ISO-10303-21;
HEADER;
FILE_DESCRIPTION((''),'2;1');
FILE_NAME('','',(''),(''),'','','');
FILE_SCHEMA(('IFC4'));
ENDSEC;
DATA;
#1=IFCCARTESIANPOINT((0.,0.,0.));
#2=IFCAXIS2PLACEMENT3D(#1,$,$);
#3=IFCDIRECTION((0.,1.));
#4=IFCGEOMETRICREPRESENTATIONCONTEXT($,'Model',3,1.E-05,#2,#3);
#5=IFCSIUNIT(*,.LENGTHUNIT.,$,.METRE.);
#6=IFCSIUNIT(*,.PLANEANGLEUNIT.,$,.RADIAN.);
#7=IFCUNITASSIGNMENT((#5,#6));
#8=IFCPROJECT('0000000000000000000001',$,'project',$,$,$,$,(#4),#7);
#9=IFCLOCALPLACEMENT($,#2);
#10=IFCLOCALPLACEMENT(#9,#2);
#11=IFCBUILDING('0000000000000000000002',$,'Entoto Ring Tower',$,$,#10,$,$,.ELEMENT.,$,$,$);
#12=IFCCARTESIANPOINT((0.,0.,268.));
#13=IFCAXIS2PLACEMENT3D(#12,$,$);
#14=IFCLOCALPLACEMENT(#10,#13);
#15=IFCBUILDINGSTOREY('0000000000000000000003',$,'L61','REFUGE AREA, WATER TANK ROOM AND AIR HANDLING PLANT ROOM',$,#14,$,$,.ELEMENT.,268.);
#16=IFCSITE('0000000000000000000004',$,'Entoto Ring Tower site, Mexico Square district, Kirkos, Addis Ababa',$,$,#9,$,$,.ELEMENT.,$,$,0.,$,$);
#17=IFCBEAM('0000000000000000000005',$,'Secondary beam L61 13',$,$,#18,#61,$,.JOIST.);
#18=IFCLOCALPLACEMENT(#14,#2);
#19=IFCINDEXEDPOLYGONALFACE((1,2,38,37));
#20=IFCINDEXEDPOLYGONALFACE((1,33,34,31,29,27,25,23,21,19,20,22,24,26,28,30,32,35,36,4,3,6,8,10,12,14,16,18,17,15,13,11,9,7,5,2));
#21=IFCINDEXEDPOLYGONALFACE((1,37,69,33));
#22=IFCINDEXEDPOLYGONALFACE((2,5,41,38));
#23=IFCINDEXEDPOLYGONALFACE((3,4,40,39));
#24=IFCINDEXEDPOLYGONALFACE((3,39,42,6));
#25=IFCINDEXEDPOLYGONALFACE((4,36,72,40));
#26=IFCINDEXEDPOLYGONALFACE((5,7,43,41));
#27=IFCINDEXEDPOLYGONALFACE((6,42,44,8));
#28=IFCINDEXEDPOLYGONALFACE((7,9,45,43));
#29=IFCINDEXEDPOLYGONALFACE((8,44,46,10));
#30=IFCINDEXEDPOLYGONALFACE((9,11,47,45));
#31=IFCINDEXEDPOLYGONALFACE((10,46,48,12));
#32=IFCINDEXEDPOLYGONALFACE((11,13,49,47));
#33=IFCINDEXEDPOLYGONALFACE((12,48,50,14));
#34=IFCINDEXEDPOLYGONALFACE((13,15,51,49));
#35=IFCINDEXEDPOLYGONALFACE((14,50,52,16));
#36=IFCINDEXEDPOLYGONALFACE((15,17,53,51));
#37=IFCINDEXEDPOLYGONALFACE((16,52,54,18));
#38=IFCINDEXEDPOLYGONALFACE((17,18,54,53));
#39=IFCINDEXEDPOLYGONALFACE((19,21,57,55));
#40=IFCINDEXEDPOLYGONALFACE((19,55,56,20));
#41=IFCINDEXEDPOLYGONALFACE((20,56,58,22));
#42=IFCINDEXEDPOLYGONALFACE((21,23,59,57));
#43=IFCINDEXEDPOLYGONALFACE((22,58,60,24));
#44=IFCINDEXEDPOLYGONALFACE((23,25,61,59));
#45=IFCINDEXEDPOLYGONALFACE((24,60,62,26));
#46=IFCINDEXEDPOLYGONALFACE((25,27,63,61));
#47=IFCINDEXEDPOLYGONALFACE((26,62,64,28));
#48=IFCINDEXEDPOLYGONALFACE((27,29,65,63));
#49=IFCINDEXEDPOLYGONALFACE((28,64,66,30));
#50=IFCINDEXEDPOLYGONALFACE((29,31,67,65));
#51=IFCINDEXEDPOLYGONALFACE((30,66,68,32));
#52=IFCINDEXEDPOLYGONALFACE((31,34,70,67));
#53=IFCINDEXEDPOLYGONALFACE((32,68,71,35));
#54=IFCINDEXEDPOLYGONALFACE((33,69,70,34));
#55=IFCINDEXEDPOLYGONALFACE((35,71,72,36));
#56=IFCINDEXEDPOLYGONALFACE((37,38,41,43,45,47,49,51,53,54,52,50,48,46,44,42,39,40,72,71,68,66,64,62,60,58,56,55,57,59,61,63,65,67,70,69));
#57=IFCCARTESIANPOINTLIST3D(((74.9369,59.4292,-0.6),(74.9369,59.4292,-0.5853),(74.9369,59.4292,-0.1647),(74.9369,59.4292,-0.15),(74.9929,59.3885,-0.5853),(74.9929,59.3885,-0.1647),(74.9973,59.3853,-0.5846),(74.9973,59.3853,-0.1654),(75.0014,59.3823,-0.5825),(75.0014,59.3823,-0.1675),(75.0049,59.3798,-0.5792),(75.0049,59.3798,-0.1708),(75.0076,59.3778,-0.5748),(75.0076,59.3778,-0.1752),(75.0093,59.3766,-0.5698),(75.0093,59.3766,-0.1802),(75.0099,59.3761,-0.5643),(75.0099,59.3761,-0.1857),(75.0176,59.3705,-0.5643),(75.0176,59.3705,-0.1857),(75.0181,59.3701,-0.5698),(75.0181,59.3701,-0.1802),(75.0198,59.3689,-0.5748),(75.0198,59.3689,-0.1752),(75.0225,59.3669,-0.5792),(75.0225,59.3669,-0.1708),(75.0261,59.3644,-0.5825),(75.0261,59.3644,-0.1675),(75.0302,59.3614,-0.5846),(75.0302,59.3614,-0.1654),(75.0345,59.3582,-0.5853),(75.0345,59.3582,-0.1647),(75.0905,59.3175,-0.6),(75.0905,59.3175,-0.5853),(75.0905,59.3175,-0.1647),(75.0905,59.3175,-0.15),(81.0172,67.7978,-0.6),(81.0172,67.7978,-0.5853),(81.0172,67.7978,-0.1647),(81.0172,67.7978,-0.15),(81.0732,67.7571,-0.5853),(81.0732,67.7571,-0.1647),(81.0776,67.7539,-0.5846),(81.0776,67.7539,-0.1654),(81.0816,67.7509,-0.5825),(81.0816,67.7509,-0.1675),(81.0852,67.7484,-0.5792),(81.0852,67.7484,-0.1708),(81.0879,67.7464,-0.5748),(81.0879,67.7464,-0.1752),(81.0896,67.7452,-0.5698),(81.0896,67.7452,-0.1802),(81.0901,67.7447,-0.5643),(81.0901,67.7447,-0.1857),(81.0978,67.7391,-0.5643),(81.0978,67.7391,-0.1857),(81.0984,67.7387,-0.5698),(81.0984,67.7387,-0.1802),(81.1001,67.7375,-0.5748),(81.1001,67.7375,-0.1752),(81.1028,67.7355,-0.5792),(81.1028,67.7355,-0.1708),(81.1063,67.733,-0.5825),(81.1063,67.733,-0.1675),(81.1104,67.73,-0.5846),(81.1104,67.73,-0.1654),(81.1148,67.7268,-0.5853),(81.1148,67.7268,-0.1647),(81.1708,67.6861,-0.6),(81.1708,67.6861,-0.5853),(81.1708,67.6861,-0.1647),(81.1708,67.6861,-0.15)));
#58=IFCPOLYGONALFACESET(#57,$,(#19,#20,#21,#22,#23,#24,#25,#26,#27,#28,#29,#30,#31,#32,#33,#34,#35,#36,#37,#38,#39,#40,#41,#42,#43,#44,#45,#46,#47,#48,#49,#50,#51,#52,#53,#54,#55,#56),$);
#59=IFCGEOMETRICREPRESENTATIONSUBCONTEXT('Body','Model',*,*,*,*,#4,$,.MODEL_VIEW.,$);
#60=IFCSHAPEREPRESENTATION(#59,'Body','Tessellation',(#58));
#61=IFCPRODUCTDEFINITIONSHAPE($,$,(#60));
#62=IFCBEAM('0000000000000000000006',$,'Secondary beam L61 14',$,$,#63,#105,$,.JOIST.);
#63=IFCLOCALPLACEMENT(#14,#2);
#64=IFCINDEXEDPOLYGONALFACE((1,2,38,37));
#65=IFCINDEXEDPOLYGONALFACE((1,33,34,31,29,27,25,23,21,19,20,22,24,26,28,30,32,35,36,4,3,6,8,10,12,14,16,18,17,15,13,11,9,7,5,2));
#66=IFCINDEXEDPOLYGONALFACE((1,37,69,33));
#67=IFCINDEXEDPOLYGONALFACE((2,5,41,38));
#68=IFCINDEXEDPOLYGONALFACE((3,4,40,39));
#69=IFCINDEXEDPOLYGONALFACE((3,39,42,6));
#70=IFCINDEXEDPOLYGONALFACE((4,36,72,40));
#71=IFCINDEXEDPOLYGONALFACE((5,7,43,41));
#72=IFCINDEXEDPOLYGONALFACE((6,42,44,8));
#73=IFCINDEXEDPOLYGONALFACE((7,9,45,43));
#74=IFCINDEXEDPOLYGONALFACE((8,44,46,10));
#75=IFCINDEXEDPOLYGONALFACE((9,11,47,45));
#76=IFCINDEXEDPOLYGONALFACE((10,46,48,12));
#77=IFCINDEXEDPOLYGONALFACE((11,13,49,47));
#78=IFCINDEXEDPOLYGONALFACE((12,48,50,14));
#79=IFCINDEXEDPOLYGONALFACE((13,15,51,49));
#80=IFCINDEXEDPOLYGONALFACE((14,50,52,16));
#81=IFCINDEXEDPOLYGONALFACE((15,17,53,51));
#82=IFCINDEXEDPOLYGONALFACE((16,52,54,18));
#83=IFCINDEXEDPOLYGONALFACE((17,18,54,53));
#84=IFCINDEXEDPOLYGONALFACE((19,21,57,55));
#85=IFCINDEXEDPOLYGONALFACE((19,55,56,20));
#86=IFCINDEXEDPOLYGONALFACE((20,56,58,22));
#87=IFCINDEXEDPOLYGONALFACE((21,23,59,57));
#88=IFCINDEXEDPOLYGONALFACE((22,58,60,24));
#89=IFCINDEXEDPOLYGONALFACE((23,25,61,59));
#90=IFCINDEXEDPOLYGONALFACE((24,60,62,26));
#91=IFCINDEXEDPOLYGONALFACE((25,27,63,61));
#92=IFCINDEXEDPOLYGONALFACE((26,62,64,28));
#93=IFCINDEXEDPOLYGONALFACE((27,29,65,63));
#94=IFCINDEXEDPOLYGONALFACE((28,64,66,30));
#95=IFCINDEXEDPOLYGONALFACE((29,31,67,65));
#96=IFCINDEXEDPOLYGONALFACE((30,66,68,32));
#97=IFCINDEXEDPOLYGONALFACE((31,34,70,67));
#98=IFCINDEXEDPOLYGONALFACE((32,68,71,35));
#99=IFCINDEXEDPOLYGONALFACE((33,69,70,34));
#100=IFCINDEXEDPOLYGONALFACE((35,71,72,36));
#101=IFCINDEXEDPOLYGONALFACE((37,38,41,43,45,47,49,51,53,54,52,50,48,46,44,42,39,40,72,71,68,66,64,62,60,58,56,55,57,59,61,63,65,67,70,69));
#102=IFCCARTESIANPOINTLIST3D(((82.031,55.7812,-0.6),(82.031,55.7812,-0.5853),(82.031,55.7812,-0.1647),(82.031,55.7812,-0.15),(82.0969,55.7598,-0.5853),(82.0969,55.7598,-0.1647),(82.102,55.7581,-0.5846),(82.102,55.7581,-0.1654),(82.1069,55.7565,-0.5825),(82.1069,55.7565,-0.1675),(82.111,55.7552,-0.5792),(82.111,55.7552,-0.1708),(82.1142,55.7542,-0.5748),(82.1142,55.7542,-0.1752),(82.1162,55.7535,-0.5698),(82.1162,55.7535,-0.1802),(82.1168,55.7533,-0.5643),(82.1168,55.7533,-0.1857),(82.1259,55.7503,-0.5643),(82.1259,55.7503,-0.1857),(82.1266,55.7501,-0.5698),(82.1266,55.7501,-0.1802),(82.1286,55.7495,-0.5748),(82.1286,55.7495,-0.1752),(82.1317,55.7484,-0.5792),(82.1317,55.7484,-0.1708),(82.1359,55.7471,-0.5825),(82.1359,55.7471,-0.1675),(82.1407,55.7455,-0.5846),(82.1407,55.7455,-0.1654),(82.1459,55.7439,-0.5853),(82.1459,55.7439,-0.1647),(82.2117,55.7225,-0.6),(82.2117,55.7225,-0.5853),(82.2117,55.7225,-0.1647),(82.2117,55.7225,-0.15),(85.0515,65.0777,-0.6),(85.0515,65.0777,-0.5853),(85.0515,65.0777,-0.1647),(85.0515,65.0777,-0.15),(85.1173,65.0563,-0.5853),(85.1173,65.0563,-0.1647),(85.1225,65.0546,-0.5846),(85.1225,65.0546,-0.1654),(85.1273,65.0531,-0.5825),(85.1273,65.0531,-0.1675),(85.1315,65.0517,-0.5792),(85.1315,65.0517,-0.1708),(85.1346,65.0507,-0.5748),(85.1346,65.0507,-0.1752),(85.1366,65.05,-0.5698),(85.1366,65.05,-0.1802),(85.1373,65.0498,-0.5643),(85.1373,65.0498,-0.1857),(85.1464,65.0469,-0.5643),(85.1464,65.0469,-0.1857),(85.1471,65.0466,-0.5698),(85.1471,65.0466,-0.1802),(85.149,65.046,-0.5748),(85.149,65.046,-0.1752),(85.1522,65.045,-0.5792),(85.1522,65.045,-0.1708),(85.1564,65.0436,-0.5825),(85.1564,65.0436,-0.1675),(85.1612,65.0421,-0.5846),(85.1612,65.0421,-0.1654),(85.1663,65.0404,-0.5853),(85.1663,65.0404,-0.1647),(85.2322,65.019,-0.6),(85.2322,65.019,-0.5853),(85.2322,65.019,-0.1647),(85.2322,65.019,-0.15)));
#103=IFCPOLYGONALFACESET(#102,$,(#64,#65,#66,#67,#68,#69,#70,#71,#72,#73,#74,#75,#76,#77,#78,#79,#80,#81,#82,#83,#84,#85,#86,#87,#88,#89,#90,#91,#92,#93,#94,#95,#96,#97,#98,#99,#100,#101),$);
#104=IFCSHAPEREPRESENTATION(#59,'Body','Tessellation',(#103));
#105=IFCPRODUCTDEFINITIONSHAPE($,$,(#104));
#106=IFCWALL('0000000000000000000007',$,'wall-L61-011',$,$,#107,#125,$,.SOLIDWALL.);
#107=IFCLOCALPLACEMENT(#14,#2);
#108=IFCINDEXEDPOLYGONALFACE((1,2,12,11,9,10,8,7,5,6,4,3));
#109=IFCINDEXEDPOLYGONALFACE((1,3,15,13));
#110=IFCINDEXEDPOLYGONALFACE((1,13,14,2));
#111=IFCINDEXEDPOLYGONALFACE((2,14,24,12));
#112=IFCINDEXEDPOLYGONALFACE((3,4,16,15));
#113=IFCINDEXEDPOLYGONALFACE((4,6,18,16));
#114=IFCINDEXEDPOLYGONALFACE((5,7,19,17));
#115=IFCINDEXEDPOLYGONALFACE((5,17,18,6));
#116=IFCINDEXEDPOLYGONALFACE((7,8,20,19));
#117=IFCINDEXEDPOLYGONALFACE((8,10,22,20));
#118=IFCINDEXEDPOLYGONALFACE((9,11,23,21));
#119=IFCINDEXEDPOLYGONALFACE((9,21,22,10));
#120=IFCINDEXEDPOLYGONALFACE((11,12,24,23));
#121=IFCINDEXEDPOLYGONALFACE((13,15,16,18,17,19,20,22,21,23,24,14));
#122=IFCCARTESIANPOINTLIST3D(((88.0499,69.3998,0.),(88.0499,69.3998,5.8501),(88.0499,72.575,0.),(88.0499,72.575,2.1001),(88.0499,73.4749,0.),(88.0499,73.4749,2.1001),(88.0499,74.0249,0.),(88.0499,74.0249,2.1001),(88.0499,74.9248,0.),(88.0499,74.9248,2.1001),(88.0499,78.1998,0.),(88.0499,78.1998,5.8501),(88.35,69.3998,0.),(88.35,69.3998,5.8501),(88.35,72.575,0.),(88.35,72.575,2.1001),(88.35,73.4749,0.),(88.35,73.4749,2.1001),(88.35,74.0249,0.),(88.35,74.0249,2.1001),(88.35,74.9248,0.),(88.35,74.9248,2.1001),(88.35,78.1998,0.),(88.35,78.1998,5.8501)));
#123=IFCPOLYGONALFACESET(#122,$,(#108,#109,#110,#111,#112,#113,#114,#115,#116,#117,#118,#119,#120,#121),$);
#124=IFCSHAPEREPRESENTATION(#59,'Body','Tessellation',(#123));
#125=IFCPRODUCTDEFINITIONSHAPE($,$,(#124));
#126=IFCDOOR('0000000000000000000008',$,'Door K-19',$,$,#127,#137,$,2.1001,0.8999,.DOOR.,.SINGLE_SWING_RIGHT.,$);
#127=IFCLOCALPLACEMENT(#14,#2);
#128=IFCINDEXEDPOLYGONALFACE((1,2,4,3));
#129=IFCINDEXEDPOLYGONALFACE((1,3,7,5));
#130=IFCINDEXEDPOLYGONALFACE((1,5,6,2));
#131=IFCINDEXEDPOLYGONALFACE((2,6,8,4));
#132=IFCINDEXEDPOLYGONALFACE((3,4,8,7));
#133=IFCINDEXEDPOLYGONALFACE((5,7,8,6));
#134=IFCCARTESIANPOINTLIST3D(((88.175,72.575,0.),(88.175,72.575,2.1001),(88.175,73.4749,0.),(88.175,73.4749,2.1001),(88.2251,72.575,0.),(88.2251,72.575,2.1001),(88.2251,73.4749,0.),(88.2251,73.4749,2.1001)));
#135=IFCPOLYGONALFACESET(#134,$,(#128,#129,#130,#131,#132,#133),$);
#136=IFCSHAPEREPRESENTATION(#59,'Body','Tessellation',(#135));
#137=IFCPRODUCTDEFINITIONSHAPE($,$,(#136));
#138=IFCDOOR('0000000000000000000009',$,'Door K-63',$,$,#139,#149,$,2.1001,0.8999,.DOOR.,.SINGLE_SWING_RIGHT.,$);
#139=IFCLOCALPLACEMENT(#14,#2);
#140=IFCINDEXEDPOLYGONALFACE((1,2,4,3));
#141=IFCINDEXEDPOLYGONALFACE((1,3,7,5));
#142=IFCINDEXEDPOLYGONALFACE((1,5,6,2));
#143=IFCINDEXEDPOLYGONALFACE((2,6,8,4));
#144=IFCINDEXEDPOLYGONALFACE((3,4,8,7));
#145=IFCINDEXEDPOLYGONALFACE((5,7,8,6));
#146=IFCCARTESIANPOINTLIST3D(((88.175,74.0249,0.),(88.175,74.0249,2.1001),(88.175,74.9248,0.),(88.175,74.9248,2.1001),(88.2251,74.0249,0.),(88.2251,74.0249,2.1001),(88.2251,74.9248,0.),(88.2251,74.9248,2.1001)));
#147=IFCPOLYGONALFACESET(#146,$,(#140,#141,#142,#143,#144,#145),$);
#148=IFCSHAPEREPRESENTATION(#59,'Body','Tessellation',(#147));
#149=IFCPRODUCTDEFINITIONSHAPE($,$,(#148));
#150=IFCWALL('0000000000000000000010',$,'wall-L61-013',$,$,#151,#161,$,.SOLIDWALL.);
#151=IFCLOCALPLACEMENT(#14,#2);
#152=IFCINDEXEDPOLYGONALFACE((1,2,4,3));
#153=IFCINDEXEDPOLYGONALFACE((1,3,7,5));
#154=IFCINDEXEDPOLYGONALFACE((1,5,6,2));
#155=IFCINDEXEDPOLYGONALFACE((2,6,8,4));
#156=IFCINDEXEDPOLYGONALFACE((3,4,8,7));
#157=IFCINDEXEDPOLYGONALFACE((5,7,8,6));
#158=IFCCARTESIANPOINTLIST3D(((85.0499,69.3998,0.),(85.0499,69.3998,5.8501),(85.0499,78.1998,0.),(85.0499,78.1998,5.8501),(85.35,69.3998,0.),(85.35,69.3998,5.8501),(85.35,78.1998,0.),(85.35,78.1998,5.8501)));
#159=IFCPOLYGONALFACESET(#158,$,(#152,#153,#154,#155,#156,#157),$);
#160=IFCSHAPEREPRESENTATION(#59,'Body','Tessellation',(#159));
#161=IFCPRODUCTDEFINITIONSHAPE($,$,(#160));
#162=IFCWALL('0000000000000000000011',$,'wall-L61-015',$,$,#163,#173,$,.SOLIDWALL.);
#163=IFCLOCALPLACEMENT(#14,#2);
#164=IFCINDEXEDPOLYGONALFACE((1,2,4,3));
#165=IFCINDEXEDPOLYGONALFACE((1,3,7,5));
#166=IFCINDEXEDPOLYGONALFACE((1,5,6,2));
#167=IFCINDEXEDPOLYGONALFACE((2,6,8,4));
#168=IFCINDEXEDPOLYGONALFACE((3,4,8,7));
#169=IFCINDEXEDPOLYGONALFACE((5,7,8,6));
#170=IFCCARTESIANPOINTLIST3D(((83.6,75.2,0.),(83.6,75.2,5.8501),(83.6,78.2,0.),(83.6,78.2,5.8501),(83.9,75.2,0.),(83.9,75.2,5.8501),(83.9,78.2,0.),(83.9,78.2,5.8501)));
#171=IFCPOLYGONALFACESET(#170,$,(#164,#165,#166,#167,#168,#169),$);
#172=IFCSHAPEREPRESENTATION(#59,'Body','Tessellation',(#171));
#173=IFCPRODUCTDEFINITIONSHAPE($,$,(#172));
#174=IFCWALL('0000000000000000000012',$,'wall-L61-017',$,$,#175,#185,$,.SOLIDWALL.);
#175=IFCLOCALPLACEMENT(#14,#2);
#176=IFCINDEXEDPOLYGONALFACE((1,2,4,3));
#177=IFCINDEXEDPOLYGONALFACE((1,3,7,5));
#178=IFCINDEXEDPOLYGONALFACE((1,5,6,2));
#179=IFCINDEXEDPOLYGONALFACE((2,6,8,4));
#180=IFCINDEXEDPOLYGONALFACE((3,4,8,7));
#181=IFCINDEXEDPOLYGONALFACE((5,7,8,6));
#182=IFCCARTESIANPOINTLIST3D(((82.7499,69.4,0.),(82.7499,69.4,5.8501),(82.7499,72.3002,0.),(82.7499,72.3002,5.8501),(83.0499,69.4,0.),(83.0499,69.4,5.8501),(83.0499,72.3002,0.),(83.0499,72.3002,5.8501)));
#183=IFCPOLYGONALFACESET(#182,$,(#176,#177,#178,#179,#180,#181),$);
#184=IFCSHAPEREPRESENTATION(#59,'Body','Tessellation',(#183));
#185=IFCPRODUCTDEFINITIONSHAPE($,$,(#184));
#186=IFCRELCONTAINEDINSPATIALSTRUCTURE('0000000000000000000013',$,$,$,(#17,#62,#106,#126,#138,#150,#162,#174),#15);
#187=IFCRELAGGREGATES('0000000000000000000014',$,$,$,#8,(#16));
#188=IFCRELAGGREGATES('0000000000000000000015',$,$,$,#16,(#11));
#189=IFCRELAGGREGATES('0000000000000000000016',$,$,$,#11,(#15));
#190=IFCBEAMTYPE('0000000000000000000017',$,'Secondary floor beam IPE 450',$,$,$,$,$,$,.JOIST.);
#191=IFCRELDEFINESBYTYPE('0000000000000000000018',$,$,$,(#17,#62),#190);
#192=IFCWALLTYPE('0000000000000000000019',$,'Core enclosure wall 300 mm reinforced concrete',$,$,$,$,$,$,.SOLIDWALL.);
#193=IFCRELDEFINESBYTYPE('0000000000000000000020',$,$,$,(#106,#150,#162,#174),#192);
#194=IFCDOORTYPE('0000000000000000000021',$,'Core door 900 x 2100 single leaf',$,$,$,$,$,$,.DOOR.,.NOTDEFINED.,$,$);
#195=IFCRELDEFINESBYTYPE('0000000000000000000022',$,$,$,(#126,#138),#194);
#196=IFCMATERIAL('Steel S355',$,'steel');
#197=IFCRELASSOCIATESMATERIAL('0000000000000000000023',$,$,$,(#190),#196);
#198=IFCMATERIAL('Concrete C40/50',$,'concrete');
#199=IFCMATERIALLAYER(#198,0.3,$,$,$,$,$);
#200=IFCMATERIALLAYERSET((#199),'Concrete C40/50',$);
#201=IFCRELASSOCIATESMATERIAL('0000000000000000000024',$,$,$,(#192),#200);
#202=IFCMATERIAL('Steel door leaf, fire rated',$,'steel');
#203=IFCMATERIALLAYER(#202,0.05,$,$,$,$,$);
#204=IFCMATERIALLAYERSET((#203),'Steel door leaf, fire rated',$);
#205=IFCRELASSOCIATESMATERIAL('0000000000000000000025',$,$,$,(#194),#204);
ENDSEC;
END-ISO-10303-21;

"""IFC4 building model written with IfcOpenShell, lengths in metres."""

from ifc_helpers import new_model, si_unit, direction, frame, frame_2d, origin, origin_2d, place, context, subcontext, project, spatial, rectangle, i_section, extrude, material, layer, layer_set, material_profile, profile_set, type_object, element, fill, save


model = new_model("IFC4")

# Units and contexts
model_context = context("Model", 3, precision=1e-05, world=origin(), true_north=direction((0.0, 1.0)))
body_context = subcontext(model_context, "Body", "Model", "MODEL_VIEW")
ifc_project = project(units=[si_unit("LENGTHUNIT", "METRE"), si_unit("PLANEANGLEUNIT", "RADIAN")], contexts=[model_context])

# Site, building, storey
site_placement = place(None, origin())
site = spatial("IfcSite", under=ifc_project, at=site_placement, Name="Entoto Ring Tower site, Mexico Square district, Kirkos, Addis Ababa", CompositionType="ELEMENT", RefElevation=0.0)
building_placement = place(site_placement, origin())
building = spatial("IfcBuilding", under=site, at=building_placement, Name="Entoto Ring Tower", CompositionType="ELEMENT")
storey_placement = place(building_placement, frame((0.0, 0.0, 268.0)))
storey = spatial("IfcBuildingStorey", under=building, at=storey_placement, Name="L61", Description="REFUGE AREA, WATER TANK ROOM AND AIR HANDLING PLANT ROOM", CompositionType="ELEMENT", Elevation=268.0)

# Beams
ifc_material_1 = material(Name="Steel S355", Category="steel")
ifc_material_profile_1 = material_profile(ifc_material_1, i_section(OverallWidth=0.1899, OverallDepth=0.45, WebThickness=0.0095, FlangeThickness=0.0146, FilletRadius=0.021, at=origin_2d()), Name="IPE 450")
ifc_profile_set_1 = profile_set([ifc_material_profile_1], Name="Steel S355")
beam_type_1 = type_object("IfcBeamType", Name="Secondary floor beam IPE 450", PredefinedType="JOIST", material=ifc_profile_set_1)
beam_1_placement = place(storey_placement, frame((81.094, 67.7419, -0.375), z_axis=(-0.587794, -0.809011, 0.0), x_axis=(0.809011, -0.587794, 0.0)))
element("IfcBeam", 1, at=beam_1_placement, inside=storey, type_object=beam_type_1, Name="Secondary beam L61 13", PredefinedType="JOIST", context=body_context, shape_type="SweptSolid", body=[
    extrude(i_section(OverallWidth=0.1899, OverallDepth=0.45, WebThickness=0.0095, FlangeThickness=0.0146, FilletRadius=0.021, at=origin_2d()), origin(), (0.0, 0.0, 1.0), 10.3442),
])
beam_2_placement = place(storey_placement, frame((85.1418, 65.0483, -0.375), z_axis=(-0.309003, -0.951061, 0.0), x_axis=(0.951061, -0.309003, 0.0)))
element("IfcBeam", 2, at=beam_2_placement, inside=storey, type_object=beam_type_1, Name="Secondary beam L61 14", PredefinedType="JOIST", context=body_context, shape_type="SweptSolid", body=[
    extrude(i_section(OverallWidth=0.1899, OverallDepth=0.45, WebThickness=0.0095, FlangeThickness=0.0146, FilletRadius=0.021, at=origin_2d()), origin(), (0.0, 0.0, 1.0), 9.7749),
])

# Wall, openings, doors
ifc_material_2 = material(Name="Concrete C40/50", Category="concrete")
ifc_layer_1 = layer(ifc_material_2, 0.3)
ifc_layer_set_1 = layer_set([ifc_layer_1], Name="Concrete C40/50")
wall_type_1 = type_object("IfcWallType", Name="Core enclosure wall 300 mm reinforced concrete", PredefinedType="SOLIDWALL", material=ifc_layer_set_1)
wall_1_placement = place(storey_placement, frame((88.2, 69.3999, 0.0), z_axis=(0.0, 0.0, 1.0), x_axis=(0.0, 1.0, 0.0)))
wall_1 = element("IfcWall", 3, at=wall_1_placement, inside=storey, type_object=wall_type_1, Name="wall-L61-011", PredefinedType="SOLIDWALL", context=body_context, shape_type="SweptSolid", body=[
    extrude(rectangle(XDim=8.8, YDim=0.3, at=frame_2d((4.3999, 0.0))), origin(), (0.0, 0.0, 1.0), 5.8501),
])
opening_1_placement = place(wall_1_placement, frame((3.175, 0.0, 0.0)))
opening_1 = element("IfcOpeningElement", 4, at=opening_1_placement, cuts=wall_1, PredefinedType="OPENING", context=body_context, shape_type="SweptSolid", body=[
    extrude(rectangle(XDim=0.8999, YDim=2.1001, at=frame_2d((0.45, 1.05))), frame((0.0, 0.1602, 0.0), z_axis=(0.0, -1.0, 0.0), x_axis=(1.0, 0.0, 0.0)), (0.0, 0.0, 1.0), 0.3201),
])
opening_2_placement = place(wall_1_placement, frame((4.625, 0.0, 0.0)))
opening_2 = element("IfcOpeningElement", 5, at=opening_2_placement, cuts=wall_1, PredefinedType="OPENING", context=body_context, shape_type="SweptSolid", body=[
    extrude(rectangle(XDim=0.8999, YDim=2.1001, at=frame_2d((0.45, 1.05))), frame((0.0, 0.1602, 0.0), z_axis=(0.0, -1.0, 0.0), x_axis=(1.0, 0.0, 0.0)), (0.0, 0.0, 1.0), 0.3201),
])
ifc_material_3 = material(Name="Steel door leaf, fire rated", Category="steel")
ifc_layer_2 = layer(ifc_material_3, 0.05)
ifc_layer_set_2 = layer_set([ifc_layer_2], Name="Steel door leaf, fire rated")
door_type_1 = type_object("IfcDoorType", Name="Core door 900 x 2100 single leaf", OperationType="NOTDEFINED", PredefinedType="DOOR", material=ifc_layer_set_2)
door_1_placement = place(opening_1_placement, origin())
door_1 = element("IfcDoor", 6, at=door_1_placement, inside=storey, type_object=door_type_1, Name="Door K-19", OperationType="SINGLE_SWING_RIGHT", OverallHeight=2.1001, OverallWidth=0.8999, PredefinedType="DOOR", context=body_context, shape_type="SweptSolid", body=[
    extrude(rectangle(XDim=0.8999, YDim=2.1001, at=frame_2d((0.45, 1.05))), frame((0.0, 0.0249, 0.0), z_axis=(0.0, -1.0, 0.0), x_axis=(1.0, 0.0, 0.0)), (0.0, 0.0, 1.0), 0.05),
])
fill(opening_1, door_1)
door_2_placement = place(opening_2_placement, origin())
door_2 = element("IfcDoor", 7, at=door_2_placement, inside=storey, type_object=door_type_1, Name="Door K-63", OperationType="SINGLE_SWING_RIGHT", OverallHeight=2.1001, OverallWidth=0.8999, PredefinedType="DOOR", context=body_context, shape_type="SweptSolid", body=[
    extrude(rectangle(XDim=0.8999, YDim=2.1001, at=frame_2d((0.45, 1.05))), frame((0.0, 0.0249, 0.0), z_axis=(0.0, -1.0, 0.0), x_axis=(1.0, 0.0, 0.0)), (0.0, 0.0, 1.0), 0.05),
])
fill(opening_2, door_2)

# Walls
wall_2_placement = place(storey_placement, frame((85.2, 69.3999, 0.0), z_axis=(0.0, 0.0, 1.0), x_axis=(0.0, 1.0, 0.0)))
element("IfcWall", 8, at=wall_2_placement, inside=storey, type_object=wall_type_1, Name="wall-L61-013", PredefinedType="SOLIDWALL", context=body_context, shape_type="SweptSolid", body=[
    extrude(rectangle(XDim=8.8, YDim=0.3, at=frame_2d((4.3999, 0.0))), origin(), (0.0, 0.0, 1.0), 5.8501),
])
wall_3_placement = place(storey_placement, frame((83.75, 75.2, 0.0), z_axis=(0.0, 0.0, 1.0), x_axis=(0.0, 1.0, 0.0)))
element("IfcWall", 9, at=wall_3_placement, inside=storey, type_object=wall_type_1, Name="wall-L61-015", PredefinedType="SOLIDWALL", context=body_context, shape_type="SweptSolid", body=[
    extrude(rectangle(XDim=3.0, YDim=0.3, at=frame_2d((1.5, 0.0))), origin(), (0.0, 0.0, 1.0), 5.8501),
])
wall_4_placement = place(storey_placement, frame((82.8999, 69.3999, 0.0), z_axis=(0.0, 0.0, 1.0), x_axis=(0.0, 1.0, 0.0)))
element("IfcWall", 10, at=wall_4_placement, inside=storey, type_object=wall_type_1, Name="wall-L61-017", PredefinedType="SOLIDWALL", context=body_context, shape_type="SweptSolid", body=[
    extrude(rectangle(XDim=2.9001, YDim=0.3, at=frame_2d((1.4502, 0.0))), origin(), (0.0, 0.0, 1.0), 5.8501),
])

save(model, "model.ifc")
